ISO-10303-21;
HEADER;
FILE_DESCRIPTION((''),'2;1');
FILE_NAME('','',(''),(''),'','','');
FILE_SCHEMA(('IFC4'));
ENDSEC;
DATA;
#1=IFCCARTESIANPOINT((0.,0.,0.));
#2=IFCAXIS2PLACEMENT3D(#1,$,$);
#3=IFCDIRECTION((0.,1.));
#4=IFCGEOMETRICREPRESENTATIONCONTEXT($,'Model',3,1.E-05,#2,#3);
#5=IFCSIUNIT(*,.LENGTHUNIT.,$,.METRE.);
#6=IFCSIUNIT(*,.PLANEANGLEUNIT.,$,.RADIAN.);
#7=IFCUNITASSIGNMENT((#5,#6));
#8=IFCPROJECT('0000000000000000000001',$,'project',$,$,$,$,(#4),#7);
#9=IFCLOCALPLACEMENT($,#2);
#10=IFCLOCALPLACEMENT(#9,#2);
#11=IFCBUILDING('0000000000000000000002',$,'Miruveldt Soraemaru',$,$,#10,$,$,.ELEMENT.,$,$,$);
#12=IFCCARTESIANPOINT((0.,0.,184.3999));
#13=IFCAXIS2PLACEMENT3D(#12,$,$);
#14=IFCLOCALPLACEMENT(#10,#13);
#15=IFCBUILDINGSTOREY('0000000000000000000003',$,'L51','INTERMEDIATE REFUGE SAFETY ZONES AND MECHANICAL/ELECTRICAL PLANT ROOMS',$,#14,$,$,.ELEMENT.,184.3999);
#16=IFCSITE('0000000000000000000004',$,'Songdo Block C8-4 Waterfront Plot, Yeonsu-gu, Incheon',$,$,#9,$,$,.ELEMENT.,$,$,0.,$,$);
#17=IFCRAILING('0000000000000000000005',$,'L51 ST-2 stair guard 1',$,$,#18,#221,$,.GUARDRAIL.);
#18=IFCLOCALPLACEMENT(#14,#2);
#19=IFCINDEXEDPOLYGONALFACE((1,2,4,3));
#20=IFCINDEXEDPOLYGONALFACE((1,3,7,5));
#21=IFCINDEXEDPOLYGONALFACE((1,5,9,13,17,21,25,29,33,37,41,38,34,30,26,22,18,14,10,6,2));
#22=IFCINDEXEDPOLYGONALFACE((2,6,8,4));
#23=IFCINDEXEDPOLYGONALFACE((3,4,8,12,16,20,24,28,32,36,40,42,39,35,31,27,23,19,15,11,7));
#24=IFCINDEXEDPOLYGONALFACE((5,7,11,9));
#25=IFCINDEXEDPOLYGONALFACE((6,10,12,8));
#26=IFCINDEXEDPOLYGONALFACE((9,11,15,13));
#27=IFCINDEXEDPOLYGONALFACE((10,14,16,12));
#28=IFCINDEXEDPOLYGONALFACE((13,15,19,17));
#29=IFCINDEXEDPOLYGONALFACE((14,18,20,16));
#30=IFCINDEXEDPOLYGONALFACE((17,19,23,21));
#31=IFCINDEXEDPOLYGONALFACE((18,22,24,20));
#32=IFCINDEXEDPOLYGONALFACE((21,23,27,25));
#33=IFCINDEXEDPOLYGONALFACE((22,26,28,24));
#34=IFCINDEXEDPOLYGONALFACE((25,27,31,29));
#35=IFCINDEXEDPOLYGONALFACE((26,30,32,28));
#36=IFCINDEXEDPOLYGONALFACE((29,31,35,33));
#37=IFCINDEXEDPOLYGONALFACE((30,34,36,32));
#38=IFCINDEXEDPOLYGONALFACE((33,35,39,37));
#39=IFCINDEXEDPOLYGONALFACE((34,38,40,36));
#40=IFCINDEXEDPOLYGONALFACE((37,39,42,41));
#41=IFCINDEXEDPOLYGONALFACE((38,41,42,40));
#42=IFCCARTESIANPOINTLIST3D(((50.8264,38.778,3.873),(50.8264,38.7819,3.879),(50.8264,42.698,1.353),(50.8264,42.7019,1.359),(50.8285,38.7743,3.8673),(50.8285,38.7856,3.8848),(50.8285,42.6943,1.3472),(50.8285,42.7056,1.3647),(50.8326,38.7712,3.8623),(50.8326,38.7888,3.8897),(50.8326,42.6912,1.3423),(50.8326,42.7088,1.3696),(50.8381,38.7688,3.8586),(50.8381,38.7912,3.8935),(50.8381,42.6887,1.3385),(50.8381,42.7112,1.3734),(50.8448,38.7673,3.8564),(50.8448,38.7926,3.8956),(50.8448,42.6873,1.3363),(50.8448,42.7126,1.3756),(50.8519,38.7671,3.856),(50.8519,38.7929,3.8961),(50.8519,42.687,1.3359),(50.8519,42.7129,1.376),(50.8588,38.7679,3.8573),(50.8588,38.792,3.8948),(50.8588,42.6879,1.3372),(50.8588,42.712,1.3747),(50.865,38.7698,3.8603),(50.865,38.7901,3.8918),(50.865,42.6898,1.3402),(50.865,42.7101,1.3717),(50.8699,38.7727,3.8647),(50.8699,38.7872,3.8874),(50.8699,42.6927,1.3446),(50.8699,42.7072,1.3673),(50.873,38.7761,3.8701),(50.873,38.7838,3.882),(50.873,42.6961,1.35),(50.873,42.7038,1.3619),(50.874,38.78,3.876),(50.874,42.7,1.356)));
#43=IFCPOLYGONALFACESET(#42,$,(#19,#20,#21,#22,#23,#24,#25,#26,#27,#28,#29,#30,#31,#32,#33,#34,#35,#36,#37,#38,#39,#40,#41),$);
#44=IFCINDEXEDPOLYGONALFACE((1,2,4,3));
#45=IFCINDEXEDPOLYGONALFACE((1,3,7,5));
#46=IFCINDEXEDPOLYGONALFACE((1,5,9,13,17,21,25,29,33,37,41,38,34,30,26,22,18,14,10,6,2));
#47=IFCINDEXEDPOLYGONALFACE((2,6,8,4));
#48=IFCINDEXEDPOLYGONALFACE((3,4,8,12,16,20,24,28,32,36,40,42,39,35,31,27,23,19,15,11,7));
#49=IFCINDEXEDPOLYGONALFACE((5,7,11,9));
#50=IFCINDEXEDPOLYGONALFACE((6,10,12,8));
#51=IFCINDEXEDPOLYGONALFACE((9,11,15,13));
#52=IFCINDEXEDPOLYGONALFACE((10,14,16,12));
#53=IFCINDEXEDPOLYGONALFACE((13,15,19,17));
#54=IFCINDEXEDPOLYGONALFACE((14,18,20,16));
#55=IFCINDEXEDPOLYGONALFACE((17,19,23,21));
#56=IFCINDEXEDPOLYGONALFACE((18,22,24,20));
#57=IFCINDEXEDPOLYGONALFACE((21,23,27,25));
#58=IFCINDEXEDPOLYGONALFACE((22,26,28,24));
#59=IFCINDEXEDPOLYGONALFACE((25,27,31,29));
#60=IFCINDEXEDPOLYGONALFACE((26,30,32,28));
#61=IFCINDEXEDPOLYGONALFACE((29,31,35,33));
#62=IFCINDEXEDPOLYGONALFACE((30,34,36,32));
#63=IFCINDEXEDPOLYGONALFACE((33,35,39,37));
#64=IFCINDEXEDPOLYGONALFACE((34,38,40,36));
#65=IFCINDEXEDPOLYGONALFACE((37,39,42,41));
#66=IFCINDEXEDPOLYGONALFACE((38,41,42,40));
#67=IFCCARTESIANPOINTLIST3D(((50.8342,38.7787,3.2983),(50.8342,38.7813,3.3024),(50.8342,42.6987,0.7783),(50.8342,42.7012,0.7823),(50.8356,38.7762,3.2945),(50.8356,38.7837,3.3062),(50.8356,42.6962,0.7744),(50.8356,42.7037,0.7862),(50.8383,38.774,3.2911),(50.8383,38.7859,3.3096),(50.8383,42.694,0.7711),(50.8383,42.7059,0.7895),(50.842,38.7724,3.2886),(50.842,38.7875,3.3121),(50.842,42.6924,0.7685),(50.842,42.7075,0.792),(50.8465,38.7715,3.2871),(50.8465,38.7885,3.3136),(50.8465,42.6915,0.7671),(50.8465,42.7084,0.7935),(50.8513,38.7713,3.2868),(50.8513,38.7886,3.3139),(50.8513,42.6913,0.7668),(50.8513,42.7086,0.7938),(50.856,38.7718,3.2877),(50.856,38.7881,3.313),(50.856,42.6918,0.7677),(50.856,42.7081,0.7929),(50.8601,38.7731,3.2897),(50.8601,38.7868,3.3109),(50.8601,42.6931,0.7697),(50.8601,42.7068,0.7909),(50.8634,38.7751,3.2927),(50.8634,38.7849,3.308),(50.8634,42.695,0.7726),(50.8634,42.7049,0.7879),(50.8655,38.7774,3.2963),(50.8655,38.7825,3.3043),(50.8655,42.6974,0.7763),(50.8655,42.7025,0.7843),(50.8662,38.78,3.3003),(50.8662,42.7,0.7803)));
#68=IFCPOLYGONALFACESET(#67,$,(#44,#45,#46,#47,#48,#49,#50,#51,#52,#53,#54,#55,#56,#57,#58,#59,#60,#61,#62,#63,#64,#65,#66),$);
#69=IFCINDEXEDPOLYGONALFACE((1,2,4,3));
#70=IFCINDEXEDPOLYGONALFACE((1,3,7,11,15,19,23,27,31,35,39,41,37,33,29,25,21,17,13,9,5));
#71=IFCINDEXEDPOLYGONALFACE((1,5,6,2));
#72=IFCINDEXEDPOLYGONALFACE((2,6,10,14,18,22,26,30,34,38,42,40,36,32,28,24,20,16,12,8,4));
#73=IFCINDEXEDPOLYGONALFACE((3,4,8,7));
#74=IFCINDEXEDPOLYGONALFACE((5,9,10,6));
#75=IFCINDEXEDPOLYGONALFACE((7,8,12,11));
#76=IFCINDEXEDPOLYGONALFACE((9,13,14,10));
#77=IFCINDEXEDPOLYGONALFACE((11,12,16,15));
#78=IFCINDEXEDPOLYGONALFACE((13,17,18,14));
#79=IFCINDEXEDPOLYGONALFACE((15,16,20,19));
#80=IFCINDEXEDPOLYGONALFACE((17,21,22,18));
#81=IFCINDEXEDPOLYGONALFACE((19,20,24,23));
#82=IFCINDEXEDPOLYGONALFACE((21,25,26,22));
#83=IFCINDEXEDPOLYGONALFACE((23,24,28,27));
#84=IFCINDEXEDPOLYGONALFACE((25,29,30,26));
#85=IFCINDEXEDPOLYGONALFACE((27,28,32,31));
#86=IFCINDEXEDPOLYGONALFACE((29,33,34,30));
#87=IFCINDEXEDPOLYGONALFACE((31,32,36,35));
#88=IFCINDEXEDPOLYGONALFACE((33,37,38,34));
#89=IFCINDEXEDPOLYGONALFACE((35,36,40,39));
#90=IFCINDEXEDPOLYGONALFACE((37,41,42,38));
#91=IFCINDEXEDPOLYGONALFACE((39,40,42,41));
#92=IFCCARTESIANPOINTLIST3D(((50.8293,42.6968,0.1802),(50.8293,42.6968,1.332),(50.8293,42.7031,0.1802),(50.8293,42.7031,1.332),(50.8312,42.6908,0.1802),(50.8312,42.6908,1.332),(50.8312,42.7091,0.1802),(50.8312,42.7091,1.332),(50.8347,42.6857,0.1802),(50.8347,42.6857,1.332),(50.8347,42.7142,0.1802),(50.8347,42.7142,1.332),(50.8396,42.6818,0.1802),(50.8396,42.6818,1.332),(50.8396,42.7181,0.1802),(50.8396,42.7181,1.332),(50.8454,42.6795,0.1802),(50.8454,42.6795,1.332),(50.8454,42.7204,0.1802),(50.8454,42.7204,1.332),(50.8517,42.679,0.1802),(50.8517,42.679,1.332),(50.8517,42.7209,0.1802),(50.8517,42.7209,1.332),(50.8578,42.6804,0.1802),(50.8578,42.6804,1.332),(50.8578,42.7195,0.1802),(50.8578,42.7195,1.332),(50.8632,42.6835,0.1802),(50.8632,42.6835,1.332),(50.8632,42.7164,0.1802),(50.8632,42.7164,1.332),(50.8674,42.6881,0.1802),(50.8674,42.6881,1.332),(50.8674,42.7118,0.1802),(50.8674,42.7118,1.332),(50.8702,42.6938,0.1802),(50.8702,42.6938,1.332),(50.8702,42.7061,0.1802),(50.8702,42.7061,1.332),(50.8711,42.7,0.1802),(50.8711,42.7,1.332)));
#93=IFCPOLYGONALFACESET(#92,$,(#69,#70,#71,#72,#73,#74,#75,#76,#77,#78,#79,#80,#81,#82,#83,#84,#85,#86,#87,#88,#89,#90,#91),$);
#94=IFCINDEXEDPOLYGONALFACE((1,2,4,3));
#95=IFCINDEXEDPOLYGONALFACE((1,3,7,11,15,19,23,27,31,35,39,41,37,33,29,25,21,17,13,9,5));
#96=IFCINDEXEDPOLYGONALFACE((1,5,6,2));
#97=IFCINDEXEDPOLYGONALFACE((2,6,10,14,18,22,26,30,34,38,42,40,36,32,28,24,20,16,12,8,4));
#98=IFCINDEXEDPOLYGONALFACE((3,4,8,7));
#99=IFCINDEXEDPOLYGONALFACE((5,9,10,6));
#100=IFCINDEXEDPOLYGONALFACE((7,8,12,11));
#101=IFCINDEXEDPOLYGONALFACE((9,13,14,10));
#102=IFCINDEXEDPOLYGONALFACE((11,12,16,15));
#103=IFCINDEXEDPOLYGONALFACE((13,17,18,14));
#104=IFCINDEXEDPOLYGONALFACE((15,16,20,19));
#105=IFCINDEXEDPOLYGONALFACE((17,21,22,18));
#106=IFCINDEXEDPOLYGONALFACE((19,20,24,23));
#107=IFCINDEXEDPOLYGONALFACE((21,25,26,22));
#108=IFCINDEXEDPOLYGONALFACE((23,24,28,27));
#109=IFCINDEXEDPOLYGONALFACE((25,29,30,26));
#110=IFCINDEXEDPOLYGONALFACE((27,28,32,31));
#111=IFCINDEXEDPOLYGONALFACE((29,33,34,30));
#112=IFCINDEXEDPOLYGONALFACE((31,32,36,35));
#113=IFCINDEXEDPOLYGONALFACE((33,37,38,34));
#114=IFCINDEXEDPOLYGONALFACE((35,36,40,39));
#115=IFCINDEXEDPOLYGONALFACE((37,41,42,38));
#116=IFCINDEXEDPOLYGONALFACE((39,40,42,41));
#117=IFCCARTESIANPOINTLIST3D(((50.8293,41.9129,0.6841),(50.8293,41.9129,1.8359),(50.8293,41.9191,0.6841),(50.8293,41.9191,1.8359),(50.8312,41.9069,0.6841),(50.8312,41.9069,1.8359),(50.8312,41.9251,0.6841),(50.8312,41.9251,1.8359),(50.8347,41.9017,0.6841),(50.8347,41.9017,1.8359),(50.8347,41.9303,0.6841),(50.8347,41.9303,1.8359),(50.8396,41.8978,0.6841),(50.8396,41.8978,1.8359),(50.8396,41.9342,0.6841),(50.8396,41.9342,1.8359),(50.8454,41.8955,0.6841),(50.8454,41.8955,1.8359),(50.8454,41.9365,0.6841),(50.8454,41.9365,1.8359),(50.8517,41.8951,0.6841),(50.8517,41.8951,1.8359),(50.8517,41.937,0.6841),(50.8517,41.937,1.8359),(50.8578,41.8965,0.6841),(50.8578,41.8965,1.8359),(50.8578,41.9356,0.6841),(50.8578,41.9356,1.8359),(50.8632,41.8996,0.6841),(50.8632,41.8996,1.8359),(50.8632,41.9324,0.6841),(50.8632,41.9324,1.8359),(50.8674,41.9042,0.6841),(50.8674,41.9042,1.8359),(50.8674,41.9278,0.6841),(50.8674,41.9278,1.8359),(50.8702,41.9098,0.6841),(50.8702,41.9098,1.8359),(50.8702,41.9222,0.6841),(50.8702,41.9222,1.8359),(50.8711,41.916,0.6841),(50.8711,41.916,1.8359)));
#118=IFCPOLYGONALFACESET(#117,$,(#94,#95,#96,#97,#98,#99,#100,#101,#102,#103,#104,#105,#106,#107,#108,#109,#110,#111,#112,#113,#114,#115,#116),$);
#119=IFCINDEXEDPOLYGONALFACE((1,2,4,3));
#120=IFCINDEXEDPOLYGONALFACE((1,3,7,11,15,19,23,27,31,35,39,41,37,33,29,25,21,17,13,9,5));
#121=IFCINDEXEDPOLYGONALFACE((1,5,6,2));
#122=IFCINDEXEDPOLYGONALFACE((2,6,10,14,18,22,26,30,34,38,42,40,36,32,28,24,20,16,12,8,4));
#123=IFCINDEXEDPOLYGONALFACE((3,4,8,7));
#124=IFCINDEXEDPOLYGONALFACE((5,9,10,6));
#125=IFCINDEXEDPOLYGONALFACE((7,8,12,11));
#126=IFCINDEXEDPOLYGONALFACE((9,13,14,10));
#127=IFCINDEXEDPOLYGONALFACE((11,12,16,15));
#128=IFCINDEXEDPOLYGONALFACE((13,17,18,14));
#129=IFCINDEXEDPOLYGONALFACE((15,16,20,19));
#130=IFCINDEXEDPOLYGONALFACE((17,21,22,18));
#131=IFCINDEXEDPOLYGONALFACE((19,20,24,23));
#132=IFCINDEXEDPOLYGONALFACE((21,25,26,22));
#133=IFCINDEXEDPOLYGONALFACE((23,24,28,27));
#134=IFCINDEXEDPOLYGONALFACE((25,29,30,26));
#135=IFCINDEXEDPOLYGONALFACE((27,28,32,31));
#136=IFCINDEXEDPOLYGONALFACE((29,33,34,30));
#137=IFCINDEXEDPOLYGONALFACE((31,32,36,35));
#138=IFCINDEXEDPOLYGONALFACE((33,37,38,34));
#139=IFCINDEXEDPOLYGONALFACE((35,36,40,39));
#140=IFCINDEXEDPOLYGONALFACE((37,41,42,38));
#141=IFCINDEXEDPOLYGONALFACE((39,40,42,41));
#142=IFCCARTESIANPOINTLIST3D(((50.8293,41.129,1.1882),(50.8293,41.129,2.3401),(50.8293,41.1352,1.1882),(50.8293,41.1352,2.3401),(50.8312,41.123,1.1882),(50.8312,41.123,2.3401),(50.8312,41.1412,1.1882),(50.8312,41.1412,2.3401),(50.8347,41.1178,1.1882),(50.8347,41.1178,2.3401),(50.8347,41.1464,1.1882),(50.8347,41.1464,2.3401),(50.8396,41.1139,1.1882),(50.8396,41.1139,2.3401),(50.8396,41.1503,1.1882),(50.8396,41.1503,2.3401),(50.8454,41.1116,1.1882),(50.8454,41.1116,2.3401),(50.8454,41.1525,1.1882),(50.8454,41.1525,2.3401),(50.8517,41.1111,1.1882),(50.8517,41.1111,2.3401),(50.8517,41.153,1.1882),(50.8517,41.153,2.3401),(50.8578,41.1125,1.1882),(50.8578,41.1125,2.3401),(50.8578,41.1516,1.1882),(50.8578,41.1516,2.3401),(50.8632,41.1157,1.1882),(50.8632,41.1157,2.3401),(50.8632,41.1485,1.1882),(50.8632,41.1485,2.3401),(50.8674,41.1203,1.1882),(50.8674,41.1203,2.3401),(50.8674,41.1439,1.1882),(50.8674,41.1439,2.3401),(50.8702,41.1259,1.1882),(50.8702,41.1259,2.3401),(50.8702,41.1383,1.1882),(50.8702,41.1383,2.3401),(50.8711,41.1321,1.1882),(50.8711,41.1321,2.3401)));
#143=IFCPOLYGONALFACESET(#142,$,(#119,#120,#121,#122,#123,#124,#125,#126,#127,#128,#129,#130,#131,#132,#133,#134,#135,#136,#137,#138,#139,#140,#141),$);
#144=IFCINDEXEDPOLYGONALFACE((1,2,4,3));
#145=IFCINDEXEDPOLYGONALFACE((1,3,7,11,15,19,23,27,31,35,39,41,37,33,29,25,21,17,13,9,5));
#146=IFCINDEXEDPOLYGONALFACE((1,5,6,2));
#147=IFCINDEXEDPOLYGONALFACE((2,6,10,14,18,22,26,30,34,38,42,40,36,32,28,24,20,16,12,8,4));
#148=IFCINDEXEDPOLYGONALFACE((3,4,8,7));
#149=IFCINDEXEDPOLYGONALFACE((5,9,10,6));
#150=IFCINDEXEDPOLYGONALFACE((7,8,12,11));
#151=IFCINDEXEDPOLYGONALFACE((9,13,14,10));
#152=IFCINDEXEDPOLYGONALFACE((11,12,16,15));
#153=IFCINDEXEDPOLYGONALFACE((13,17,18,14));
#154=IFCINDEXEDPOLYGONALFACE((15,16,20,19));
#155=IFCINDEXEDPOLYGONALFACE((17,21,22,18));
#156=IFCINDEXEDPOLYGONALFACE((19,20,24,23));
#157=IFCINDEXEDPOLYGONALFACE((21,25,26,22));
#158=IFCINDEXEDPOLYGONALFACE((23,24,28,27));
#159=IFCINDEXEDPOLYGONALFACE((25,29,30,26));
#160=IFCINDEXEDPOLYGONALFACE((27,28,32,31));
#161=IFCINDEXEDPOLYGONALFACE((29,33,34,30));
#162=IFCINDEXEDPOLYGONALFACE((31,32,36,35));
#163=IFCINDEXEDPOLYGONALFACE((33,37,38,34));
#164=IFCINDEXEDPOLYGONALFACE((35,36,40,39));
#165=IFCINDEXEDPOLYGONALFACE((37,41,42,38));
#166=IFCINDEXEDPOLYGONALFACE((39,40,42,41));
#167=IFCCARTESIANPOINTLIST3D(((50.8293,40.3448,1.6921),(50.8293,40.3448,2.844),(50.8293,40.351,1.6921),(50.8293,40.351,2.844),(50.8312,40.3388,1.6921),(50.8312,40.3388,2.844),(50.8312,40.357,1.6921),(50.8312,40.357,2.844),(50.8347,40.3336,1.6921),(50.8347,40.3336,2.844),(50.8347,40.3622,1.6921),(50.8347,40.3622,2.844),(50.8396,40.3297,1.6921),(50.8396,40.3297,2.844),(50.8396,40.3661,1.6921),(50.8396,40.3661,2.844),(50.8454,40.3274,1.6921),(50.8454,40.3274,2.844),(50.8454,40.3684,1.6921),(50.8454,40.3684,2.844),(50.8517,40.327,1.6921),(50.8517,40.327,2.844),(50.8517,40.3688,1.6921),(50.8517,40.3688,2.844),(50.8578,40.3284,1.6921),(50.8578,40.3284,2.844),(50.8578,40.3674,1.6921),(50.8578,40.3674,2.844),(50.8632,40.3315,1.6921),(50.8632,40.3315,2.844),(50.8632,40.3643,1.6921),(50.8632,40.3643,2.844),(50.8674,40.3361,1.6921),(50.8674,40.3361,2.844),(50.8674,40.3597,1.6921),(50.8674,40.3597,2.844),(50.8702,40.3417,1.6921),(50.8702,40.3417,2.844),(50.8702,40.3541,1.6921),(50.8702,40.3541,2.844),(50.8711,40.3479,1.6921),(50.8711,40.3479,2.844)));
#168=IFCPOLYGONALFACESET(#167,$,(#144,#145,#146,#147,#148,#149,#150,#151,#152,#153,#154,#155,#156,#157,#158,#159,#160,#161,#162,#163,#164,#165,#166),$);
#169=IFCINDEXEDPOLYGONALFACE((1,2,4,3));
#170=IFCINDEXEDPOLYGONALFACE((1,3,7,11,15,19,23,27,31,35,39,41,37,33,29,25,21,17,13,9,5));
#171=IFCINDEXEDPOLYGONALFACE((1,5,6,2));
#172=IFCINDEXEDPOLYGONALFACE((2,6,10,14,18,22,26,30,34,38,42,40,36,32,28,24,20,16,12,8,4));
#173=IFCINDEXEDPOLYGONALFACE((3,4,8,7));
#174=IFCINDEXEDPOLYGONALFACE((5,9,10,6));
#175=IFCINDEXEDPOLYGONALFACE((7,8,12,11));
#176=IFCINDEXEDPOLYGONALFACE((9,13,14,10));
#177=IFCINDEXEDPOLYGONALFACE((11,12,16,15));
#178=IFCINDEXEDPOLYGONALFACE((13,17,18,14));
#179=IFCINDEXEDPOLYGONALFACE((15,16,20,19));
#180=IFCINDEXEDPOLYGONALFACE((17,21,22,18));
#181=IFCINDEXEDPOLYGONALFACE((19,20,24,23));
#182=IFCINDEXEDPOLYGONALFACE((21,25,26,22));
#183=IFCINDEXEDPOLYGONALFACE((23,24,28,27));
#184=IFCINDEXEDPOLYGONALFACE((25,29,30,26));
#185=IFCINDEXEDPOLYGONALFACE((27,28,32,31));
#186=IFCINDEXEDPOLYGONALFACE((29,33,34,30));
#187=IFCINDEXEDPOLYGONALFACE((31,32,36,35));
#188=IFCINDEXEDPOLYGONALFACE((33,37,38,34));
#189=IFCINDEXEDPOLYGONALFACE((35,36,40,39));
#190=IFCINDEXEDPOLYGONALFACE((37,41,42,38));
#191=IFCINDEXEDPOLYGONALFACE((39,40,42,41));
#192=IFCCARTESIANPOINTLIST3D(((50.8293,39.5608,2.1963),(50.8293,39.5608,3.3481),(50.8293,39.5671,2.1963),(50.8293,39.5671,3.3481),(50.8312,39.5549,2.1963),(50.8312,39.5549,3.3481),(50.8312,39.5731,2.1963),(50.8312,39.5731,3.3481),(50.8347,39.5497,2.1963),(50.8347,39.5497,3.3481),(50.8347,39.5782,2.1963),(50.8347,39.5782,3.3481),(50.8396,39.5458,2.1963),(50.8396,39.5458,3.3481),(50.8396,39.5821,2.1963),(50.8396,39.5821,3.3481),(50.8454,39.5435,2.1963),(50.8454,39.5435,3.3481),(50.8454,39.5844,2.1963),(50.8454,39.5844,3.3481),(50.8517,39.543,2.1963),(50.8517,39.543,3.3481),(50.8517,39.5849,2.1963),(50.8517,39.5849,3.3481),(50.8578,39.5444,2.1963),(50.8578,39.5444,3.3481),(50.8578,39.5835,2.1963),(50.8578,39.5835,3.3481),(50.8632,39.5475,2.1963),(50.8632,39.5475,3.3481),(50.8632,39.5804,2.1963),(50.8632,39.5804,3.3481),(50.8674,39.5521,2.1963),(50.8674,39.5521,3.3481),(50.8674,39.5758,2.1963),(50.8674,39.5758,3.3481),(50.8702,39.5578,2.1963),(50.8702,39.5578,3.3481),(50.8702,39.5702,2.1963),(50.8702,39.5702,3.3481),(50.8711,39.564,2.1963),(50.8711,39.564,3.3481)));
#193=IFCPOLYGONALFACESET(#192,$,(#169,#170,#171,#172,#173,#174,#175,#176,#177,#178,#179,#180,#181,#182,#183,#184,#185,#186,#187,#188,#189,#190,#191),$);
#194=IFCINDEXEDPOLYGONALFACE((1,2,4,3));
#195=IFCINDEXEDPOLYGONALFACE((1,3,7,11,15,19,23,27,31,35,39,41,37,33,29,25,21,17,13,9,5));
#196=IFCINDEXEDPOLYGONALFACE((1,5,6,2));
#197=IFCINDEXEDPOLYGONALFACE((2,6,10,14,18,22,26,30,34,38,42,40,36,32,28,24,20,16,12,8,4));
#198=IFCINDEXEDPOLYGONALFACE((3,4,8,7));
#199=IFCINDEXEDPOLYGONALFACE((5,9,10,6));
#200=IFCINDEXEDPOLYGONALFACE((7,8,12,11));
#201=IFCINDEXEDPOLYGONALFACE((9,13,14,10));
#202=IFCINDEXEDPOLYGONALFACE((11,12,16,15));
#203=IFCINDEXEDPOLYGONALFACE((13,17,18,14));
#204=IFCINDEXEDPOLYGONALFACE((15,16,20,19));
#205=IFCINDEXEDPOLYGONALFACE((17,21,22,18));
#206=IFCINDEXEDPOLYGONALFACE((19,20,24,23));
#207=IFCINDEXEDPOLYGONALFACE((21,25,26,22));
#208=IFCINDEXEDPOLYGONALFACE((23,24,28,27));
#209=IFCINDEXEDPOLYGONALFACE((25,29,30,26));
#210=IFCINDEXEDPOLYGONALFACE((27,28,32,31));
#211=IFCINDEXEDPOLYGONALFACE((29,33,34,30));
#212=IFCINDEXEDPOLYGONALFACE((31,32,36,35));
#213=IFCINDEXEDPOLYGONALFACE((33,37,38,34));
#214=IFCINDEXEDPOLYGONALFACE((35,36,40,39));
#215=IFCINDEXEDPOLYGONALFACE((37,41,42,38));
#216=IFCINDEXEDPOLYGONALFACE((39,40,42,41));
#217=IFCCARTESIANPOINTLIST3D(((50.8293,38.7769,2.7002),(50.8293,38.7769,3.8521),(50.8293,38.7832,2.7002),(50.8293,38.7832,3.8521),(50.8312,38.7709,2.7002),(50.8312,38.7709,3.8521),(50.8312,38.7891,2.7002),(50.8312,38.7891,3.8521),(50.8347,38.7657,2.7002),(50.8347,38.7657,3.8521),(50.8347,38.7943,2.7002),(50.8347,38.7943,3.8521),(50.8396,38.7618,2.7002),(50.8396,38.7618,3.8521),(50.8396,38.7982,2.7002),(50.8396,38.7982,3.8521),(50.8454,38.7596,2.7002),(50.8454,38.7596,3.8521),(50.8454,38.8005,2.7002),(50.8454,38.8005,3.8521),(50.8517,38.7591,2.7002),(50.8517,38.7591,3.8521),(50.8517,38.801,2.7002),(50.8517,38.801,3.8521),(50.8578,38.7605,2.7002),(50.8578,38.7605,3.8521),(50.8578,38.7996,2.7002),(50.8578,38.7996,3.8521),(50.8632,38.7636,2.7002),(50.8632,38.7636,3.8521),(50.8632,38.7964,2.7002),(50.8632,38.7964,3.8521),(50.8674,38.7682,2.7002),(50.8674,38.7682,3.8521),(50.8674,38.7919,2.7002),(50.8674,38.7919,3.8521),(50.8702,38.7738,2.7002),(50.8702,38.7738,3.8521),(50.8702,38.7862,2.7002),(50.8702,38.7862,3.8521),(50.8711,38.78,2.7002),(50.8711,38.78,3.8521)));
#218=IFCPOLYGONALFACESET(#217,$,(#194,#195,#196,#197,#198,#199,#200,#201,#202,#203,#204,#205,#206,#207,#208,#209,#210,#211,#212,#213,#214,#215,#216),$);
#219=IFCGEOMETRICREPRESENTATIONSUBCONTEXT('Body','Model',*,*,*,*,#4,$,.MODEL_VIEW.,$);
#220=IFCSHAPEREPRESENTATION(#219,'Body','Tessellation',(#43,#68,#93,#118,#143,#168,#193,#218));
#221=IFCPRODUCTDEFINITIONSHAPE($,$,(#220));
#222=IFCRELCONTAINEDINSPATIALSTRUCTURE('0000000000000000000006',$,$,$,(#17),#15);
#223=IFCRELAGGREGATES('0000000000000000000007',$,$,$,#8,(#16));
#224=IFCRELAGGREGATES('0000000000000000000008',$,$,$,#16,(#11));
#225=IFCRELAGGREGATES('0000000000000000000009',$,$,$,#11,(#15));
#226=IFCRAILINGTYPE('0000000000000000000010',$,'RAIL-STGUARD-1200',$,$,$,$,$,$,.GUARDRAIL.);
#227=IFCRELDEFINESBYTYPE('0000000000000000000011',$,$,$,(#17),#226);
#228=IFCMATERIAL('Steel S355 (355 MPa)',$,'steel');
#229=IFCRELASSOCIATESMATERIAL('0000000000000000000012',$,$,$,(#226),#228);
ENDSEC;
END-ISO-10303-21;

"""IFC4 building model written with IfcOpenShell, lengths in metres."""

from ifc_helpers import new_model, si_unit, direction, frame, origin, origin_2d, place, context, subcontext, project, spatial, circle, extrude, material, type_object, element, save


model = new_model("IFC4")

# Units and contexts
model_context = context("Model", 3, precision=1e-05, world=origin(), true_north=direction((0.0, 1.0)))
body_context = subcontext(model_context, "Body", "Model", "MODEL_VIEW")
ifc_project = project(units=[si_unit("LENGTHUNIT", "METRE"), si_unit("PLANEANGLEUNIT", "RADIAN")], contexts=[model_context])

# Site, building, storey
site_placement = place(None, origin())
site = spatial("IfcSite", under=ifc_project, at=site_placement, Name="Songdo Block C8-4 Waterfront Plot, Yeonsu-gu, Incheon", CompositionType="ELEMENT", RefElevation=0.0)
building_placement = place(site_placement, origin())
building = spatial("IfcBuilding", under=site, at=building_placement, Name="Miruveldt Soraemaru", CompositionType="ELEMENT")
storey_placement = place(building_placement, frame((0.0, 0.0, 184.3999)))
storey = spatial("IfcBuildingStorey", under=building, at=storey_placement, Name="L51", Description="INTERMEDIATE REFUGE SAFETY ZONES AND MECHANICAL/ELECTRICAL PLANT ROOMS", CompositionType="ELEMENT", Elevation=184.3999)

# Railing
ifc_material_1 = material(Name="Steel S355 (355 MPa)", Category="steel")
railing_type_1 = type_object("IfcRailingType", Name="RAIL-STGUARD-1200", PredefinedType="GUARDRAIL", material=ifc_material_1)
railing_1_placement = place(storey_placement, frame((50.8501, 42.7, 0.1802)))
element("IfcRailing", 1, at=railing_1_placement, inside=storey, type_object=railing_type_1, Name="L51 ST-2 stair guard 1", PredefinedType="GUARDRAIL", context=body_context, shape_type="SweptSolid", body=[
    extrude(circle(Radius=0.0239, at=origin_2d()), frame((0.0, 0.0, 1.1758), z_axis=(0.0, -0.841172, 0.540768), x_axis=(1.0, 0.0, 0.0)), (0.0, 0.0, 1.0), 4.6602),
    extrude(circle(Radius=0.0161, at=origin_2d()), frame((0.0, 0.0, 0.6001), z_axis=(0.0, -0.841172, 0.540768), x_axis=(1.0, 0.0, 0.0)), (0.0, 0.0, 1.0), 4.6602),
    extrude(circle(Radius=0.021, at=origin_2d()), origin(), (0.0, 0.0, 1.0), 1.1519),
    extrude(circle(Radius=0.021, at=origin_2d()), frame((0.0, -0.7839, 0.5039)), (0.0, 0.0, 1.0), 1.1519),
    extrude(circle(Radius=0.021, at=origin_2d()), frame((0.0, -1.5679, 1.0081)), (0.0, 0.0, 1.0), 1.1519),
    extrude(circle(Radius=0.021, at=origin_2d()), frame((0.0, -2.3521, 1.512)), (0.0, 0.0, 1.0), 1.1519),
    extrude(circle(Radius=0.021, at=origin_2d()), frame((0.0, -3.136, 2.0161)), (0.0, 0.0, 1.0), 1.1519),
    extrude(circle(Radius=0.021, at=origin_2d()), frame((0.0, -3.9199, 2.52)), (0.0, 0.0, 1.0), 1.1519),
])

save(model, "model.ifc")
